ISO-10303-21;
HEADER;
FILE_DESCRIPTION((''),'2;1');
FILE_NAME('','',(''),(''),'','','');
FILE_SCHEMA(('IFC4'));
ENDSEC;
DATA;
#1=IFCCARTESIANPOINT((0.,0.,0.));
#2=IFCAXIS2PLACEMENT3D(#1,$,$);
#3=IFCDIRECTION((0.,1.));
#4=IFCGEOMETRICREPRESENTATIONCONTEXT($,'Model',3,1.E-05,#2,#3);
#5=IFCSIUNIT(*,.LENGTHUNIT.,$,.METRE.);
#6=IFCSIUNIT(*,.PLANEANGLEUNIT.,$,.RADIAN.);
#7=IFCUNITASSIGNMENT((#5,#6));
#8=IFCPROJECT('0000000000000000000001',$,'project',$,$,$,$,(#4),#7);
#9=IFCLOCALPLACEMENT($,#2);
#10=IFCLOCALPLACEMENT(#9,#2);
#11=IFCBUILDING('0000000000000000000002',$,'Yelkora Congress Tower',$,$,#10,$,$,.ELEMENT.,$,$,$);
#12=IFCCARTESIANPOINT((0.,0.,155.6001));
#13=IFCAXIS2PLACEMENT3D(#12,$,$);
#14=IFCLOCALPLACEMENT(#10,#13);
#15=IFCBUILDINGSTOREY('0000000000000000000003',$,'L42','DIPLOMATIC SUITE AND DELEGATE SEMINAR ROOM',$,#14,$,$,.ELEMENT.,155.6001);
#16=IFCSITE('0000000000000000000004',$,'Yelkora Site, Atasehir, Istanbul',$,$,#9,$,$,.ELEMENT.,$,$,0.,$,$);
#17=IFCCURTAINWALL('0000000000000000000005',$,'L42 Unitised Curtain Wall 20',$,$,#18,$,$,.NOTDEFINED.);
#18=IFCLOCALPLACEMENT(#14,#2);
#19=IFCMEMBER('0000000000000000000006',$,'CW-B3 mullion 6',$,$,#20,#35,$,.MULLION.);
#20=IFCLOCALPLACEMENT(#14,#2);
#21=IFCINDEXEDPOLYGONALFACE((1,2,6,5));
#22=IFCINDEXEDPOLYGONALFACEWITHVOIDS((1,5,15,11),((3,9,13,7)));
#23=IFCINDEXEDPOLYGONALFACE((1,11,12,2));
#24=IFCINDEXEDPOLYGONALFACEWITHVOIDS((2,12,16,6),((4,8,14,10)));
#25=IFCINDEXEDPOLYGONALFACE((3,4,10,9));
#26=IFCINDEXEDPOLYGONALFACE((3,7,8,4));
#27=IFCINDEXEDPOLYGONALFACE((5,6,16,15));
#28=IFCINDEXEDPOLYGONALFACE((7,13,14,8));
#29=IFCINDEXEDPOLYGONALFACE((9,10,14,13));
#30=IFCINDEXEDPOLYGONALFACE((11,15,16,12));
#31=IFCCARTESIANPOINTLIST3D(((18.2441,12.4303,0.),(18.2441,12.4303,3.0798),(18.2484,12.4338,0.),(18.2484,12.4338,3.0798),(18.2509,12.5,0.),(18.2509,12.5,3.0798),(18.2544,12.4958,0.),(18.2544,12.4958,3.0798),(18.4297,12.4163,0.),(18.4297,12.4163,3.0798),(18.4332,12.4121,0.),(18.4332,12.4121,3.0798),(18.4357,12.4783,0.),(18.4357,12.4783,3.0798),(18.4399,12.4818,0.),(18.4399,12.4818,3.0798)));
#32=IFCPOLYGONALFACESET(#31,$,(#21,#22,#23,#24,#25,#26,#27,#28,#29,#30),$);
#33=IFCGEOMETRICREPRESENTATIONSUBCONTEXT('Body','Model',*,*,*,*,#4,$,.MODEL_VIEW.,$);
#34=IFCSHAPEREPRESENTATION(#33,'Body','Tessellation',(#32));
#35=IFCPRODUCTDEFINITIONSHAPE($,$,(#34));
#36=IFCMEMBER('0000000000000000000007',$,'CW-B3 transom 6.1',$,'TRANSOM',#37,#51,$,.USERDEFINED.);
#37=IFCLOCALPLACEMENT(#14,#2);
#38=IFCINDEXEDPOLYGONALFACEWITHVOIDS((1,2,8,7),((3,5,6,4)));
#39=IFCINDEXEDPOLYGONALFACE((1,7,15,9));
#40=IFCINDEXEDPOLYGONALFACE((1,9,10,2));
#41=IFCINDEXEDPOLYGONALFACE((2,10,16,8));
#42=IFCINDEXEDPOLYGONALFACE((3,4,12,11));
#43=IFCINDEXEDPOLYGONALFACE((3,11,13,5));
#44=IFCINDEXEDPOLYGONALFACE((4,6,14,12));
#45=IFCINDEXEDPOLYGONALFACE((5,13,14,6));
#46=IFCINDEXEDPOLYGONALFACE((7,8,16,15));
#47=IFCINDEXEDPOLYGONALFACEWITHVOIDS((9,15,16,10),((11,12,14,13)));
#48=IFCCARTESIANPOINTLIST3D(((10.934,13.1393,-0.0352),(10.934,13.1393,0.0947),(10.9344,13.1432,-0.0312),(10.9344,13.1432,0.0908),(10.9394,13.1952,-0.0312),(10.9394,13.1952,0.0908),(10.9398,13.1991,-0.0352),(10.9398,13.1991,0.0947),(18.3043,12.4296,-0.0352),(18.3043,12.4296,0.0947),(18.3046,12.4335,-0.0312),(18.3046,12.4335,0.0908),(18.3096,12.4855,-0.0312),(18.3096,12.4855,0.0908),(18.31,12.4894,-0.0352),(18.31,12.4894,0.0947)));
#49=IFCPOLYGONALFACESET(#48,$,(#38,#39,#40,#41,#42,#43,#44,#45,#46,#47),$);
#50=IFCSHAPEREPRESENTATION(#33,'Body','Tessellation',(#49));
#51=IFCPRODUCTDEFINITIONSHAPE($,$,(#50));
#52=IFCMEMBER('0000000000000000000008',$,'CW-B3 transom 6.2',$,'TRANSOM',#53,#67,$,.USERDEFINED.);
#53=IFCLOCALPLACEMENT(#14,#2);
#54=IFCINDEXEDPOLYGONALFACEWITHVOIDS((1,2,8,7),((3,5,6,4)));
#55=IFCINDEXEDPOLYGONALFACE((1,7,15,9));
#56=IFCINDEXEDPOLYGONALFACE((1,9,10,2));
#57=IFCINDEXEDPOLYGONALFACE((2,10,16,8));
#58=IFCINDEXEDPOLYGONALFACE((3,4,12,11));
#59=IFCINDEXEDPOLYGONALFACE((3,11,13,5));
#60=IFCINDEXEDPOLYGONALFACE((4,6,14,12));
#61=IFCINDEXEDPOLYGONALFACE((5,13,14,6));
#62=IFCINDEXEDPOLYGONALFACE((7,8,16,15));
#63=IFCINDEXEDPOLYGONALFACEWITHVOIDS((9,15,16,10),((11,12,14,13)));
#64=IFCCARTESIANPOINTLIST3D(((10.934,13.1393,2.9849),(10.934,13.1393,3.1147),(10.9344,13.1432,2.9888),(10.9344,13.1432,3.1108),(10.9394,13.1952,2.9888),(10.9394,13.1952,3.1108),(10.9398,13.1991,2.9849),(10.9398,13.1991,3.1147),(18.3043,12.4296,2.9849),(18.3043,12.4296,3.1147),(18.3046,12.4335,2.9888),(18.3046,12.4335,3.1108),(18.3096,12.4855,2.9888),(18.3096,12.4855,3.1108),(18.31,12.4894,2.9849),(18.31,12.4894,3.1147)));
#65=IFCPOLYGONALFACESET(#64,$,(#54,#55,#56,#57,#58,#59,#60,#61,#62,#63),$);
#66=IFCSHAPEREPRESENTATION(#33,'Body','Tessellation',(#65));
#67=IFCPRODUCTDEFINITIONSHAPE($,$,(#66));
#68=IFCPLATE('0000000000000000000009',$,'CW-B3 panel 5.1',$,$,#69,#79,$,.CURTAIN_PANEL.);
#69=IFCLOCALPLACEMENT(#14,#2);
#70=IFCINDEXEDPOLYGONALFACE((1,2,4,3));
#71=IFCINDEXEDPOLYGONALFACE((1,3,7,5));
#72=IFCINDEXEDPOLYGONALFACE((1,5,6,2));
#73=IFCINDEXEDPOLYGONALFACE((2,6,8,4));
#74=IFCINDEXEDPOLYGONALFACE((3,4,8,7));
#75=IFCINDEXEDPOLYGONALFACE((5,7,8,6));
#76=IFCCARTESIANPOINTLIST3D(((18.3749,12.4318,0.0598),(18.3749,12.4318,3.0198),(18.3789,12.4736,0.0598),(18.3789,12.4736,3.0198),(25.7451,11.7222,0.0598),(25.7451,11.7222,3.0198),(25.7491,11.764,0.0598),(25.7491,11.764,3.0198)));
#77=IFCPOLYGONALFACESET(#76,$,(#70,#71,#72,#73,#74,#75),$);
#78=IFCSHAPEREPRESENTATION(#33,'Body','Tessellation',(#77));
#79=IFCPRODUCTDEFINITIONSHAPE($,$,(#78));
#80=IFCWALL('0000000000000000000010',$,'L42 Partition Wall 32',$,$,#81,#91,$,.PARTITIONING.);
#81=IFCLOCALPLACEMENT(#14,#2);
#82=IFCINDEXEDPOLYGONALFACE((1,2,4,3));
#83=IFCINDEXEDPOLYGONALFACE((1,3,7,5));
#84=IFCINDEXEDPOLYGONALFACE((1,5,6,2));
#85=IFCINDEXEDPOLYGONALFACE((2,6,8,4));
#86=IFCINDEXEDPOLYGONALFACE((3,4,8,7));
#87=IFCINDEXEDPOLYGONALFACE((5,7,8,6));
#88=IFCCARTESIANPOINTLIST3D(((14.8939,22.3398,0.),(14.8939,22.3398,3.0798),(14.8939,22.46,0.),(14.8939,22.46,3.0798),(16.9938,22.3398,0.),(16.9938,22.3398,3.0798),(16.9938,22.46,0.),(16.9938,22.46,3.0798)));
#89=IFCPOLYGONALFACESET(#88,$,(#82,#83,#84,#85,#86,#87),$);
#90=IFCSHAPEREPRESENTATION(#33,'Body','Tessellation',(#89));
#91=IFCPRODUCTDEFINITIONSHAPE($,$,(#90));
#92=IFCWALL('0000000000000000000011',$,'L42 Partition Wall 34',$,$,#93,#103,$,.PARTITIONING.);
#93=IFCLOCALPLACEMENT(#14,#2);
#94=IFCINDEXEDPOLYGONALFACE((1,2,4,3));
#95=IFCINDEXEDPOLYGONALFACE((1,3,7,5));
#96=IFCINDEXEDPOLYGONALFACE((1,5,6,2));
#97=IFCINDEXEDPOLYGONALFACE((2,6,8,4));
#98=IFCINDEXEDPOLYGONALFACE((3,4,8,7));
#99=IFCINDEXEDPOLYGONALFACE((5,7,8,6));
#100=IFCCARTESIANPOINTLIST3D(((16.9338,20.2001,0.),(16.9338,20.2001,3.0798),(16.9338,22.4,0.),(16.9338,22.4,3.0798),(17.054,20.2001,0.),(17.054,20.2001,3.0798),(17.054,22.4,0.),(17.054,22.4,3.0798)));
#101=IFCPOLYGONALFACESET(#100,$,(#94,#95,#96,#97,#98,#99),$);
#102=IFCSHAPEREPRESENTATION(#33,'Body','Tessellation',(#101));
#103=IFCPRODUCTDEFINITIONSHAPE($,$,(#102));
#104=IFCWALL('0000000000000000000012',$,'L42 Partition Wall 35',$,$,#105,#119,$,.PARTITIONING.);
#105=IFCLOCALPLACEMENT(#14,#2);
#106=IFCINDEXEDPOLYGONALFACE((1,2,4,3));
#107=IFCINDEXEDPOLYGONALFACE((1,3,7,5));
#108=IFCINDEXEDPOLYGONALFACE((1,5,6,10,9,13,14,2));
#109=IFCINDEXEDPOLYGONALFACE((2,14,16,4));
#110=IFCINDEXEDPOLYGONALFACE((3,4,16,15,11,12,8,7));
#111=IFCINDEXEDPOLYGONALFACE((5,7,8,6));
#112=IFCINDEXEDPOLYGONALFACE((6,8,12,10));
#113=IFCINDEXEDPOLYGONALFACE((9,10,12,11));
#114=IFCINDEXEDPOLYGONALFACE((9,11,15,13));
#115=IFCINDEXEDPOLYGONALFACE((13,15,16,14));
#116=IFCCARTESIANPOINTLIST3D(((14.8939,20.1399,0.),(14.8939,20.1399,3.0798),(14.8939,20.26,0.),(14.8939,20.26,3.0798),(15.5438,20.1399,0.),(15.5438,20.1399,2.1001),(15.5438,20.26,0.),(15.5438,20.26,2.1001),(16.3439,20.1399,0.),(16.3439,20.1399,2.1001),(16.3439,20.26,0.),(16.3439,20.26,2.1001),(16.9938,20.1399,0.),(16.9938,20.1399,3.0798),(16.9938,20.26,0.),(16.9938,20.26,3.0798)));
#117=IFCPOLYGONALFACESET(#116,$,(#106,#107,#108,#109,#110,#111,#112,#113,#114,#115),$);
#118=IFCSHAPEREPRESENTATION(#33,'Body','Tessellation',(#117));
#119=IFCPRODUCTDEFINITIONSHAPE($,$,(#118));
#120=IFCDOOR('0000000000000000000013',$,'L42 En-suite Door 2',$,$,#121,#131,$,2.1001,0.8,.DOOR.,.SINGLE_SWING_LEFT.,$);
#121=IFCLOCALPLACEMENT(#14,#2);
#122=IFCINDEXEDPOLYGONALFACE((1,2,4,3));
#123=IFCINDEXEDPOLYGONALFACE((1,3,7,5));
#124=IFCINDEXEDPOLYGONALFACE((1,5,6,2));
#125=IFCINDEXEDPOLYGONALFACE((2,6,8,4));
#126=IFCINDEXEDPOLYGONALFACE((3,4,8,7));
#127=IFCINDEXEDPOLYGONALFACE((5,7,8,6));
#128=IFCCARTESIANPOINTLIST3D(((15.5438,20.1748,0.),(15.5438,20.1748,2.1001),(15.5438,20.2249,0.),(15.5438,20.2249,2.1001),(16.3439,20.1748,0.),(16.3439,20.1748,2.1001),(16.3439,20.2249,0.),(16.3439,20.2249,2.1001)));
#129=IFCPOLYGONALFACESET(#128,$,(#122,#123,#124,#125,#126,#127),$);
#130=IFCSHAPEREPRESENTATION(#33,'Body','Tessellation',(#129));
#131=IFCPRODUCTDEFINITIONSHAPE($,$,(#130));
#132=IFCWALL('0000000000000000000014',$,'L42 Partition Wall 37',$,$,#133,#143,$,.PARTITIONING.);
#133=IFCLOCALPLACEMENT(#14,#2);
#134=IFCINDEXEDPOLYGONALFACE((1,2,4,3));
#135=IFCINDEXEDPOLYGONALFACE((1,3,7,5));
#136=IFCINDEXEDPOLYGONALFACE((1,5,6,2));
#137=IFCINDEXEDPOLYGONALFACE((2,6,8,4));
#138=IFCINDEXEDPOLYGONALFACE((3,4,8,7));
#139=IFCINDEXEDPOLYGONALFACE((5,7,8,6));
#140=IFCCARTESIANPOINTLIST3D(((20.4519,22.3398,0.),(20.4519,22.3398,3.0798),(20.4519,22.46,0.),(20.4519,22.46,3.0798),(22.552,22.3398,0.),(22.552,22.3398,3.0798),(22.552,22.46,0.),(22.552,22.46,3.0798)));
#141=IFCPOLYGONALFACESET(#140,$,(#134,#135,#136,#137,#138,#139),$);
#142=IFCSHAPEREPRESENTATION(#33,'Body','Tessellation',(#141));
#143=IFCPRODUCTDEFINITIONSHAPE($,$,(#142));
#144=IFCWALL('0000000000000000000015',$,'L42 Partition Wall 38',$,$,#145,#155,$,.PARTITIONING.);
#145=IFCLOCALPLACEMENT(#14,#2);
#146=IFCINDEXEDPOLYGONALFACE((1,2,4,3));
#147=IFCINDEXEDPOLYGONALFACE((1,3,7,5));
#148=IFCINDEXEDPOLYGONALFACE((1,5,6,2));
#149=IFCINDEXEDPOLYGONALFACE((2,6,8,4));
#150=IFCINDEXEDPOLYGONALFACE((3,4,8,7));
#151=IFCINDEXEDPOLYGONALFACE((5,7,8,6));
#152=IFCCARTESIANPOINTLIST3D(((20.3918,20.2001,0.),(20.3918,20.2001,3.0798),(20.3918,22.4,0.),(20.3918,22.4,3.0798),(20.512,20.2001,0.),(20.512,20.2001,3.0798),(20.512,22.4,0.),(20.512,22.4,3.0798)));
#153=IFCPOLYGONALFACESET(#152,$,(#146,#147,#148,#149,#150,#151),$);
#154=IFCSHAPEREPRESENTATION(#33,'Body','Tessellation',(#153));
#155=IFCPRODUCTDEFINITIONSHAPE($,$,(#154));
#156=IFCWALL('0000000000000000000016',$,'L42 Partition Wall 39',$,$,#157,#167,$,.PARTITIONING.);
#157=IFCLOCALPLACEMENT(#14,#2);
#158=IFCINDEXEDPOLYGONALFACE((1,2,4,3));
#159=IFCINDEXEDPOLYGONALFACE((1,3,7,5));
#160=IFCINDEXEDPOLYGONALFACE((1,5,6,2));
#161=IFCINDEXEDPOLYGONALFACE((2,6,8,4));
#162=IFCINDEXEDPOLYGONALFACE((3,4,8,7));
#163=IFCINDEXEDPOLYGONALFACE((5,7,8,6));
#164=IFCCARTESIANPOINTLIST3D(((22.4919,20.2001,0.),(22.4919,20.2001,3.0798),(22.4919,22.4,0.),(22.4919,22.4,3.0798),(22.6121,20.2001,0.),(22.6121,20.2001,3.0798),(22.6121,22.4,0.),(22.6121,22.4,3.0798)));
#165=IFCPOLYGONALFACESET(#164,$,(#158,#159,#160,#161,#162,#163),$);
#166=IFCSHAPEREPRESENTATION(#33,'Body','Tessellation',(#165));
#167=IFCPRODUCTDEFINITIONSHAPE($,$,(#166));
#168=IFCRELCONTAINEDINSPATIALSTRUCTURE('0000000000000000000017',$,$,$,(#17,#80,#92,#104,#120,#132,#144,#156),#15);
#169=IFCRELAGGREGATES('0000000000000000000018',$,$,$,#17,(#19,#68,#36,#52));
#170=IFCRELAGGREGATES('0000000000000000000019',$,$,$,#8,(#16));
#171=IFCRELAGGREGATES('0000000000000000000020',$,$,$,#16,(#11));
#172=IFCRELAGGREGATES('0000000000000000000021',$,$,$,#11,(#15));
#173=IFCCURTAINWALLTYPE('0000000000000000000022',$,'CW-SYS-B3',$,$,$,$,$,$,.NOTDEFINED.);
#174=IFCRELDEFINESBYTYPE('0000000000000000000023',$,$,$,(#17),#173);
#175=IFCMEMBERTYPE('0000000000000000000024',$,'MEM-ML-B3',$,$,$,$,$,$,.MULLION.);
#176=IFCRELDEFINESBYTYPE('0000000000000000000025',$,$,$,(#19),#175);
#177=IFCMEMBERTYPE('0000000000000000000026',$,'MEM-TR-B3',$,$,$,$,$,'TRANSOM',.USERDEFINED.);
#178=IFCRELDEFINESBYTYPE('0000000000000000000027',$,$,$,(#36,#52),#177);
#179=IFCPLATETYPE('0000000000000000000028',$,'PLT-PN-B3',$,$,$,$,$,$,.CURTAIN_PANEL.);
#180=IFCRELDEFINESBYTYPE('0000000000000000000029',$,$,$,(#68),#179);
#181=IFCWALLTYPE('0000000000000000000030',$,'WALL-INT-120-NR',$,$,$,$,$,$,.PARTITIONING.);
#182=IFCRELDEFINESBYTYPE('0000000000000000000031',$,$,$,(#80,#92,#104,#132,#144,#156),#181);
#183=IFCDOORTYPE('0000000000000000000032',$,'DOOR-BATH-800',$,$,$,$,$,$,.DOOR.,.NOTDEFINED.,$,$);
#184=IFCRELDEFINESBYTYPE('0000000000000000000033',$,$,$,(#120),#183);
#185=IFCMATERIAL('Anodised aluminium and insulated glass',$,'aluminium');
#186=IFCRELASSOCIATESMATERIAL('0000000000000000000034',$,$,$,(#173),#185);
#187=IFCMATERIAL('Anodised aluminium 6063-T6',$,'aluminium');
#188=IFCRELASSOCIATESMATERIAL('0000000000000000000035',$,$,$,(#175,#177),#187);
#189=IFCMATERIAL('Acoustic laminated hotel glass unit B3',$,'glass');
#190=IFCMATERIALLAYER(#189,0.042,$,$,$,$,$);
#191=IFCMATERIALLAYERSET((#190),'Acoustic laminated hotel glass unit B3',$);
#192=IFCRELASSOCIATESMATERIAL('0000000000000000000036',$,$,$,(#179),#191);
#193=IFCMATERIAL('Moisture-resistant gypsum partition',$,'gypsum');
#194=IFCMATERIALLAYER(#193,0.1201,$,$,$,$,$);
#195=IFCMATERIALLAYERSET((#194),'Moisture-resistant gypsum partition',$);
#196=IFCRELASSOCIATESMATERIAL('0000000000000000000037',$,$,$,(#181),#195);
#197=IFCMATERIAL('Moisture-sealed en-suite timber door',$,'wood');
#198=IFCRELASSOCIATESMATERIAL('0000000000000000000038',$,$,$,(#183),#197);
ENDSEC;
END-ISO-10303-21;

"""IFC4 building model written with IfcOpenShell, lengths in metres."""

from ifc_helpers import new_model, si_unit, direction, frame, frame_2d, origin, origin_2d, place, context, subcontext, project, spatial, rectangle, hollow_rectangle, extrude, material, layer, layer_set, material_profile, profile_set, type_object, element, fill, aggregate, save


model = new_model("IFC4")

# Units and contexts
model_context = context("Model", 3, precision=1e-05, world=origin(), true_north=direction((0.0, 1.0)))
body_context = subcontext(model_context, "Body", "Model", "MODEL_VIEW")
ifc_project = project(units=[si_unit("LENGTHUNIT", "METRE"), si_unit("PLANEANGLEUNIT", "RADIAN")], contexts=[model_context])

# Site, building, storey
site_placement = place(None, origin())
site = spatial("IfcSite", under=ifc_project, at=site_placement, Name="Yelkora Site, Atasehir, Istanbul", CompositionType="ELEMENT", RefElevation=0.0)
building_placement = place(site_placement, origin())
building = spatial("IfcBuilding", under=site, at=building_placement, Name="Yelkora Congress Tower", CompositionType="ELEMENT")
storey_placement = place(building_placement, frame((0.0, 0.0, 155.6001)))
storey = spatial("IfcBuildingStorey", under=building, at=storey_placement, Name="L42", Description="DIPLOMATIC SUITE AND DELEGATE SEMINAR ROOM", CompositionType="ELEMENT", Elevation=155.6001)

# Curtain wall, members, plate
ifc_material_1 = material(Name="Anodised aluminium and insulated glass", Category="aluminium")
curtain_wall_type = type_object("IfcCurtainWallType", Name="CW-SYS-B3", PredefinedType="NOTDEFINED", material=ifc_material_1)
curtain_wall_placement = place(storey_placement, origin())
curtain_wall = element("IfcCurtainWall", 1, at=curtain_wall_placement, inside=storey, type_object=curtain_wall_type, Name="L42 Unitised Curtain Wall 20", PredefinedType="NOTDEFINED")
ifc_material_2 = material(Name="Anodised aluminium 6063-T6", Category="aluminium")
ifc_material_profile_1 = material_profile(ifc_material_2, hollow_rectangle(XDim=0.0701, YDim=0.1899, WallThickness=0.0039, at=origin_2d()), Name="ALU 70x190x4")
ifc_profile_set_1 = profile_set([ifc_material_profile_1], Name="Anodised aluminium 6063-T6")
member_type_1 = type_object("IfcMemberType", Name="MEM-ML-B3", PredefinedType="MULLION", material=ifc_profile_set_1)
member_1_placement = place(storey_placement, frame((18.342, 12.4561, 0.0), z_axis=(0.0, 0.0, 1.0), x_axis=(-0.095845, -0.995396, 0.0)))
member_1 = element("IfcMember", 2, at=member_1_placement, type_object=member_type_1, Name="CW-B3 mullion 6", PredefinedType="MULLION", context=body_context, shape_type="SweptSolid", body=[
    extrude(hollow_rectangle(XDim=0.0701, YDim=0.1899, WallThickness=0.0039, at=origin_2d()), origin(), (0.0, 0.0, 1.0), 3.0798),
])
ifc_material_profile_2 = material_profile(ifc_material_2, hollow_rectangle(XDim=0.0601, YDim=0.1299, WallThickness=0.0039, at=origin_2d()), Name="ALU 60x130x4")
ifc_profile_set_2 = profile_set([ifc_material_profile_2], Name="Anodised aluminium 6063-T6")
member_type_2 = type_object("IfcMemberType", Name="MEM-TR-B3", ElementType="TRANSOM", PredefinedType="USERDEFINED", material=ifc_profile_set_2)
member_2_placement = place(storey_placement, frame((18.3071, 12.4595, 0.0298), z_axis=(-0.995395, 0.095853, 0.0), x_axis=(-0.095853, -0.995395, 0.0)))
member_2 = element("IfcMember", 3, at=member_2_placement, type_object=member_type_2, Name="CW-B3 transom 6.1", ObjectType="TRANSOM", PredefinedType="USERDEFINED", context=body_context, shape_type="SweptSolid", body=[
    extrude(hollow_rectangle(XDim=0.0601, YDim=0.1299, WallThickness=0.0039, at=origin_2d()), origin(), (0.0, 0.0, 1.0), 7.4043),
])
member_3_placement = place(storey_placement, frame((18.3071, 12.4595, 3.0498), z_axis=(-0.995395, 0.095853, 0.0), x_axis=(-0.095853, -0.995395, 0.0)))
member_3 = element("IfcMember", 4, at=member_3_placement, type_object=member_type_2, Name="CW-B3 transom 6.2", ObjectType="TRANSOM", PredefinedType="USERDEFINED", context=body_context, shape_type="SweptSolid", body=[
    extrude(hollow_rectangle(XDim=0.0601, YDim=0.1299, WallThickness=0.0039, at=origin_2d()), origin(), (0.0, 0.0, 1.0), 7.4043),
])
ifc_material_3 = material(Name="Acoustic laminated hotel glass unit B3", Category="glass")
ifc_layer_1 = layer(ifc_material_3, 0.042)
ifc_layer_set_1 = layer_set([ifc_layer_1], Name="Acoustic laminated hotel glass unit B3")
plate_type = type_object("IfcPlateType", Name="PLT-PN-B3", PredefinedType="CURTAIN_PANEL", material=ifc_layer_set_1)
plate_placement = place(storey_placement, frame((22.062, 12.0979, 0.0598), z_axis=(0.0, 0.0, 1.0), x_axis=(-0.995396, 0.095845, 0.0)))
plate = element("IfcPlate", 5, at=plate_placement, type_object=plate_type, Name="CW-B3 panel 5.1", PredefinedType="CURTAIN_PANEL", context=body_context, shape_type="SweptSolid", body=[
    extrude(rectangle(XDim=7.4043, YDim=0.042, at=origin_2d()), origin(), (0.0, 0.0, 1.0), 2.96),
])
aggregate(curtain_wall, [member_1, plate, member_2, member_3])

# Walls
ifc_material_4 = material(Name="Moisture-resistant gypsum partition", Category="gypsum")
ifc_layer_2 = layer(ifc_material_4, 0.1201)
ifc_layer_set_2 = layer_set([ifc_layer_2], Name="Moisture-resistant gypsum partition")
wall_type_1 = type_object("IfcWallType", Name="WALL-INT-120-NR", PredefinedType="PARTITIONING", material=ifc_layer_set_2)
wall_1_placement = place(storey_placement, frame((14.894, 22.3999, 0.0), z_axis=(0.0, 0.0, 1.0), x_axis=(1.0, 0.0, 0.0)))
element("IfcWall", 6, at=wall_1_placement, inside=storey, type_object=wall_type_1, Name="L42 Partition Wall 32", PredefinedType="PARTITIONING", context=body_context, shape_type="SweptSolid", body=[
    extrude(rectangle(XDim=2.0999, YDim=0.1201, at=frame_2d((1.0498, 0.0))), origin(), (0.0, 0.0, 1.0), 3.0798),
])
wall_2_placement = place(storey_placement, frame((16.9939, 20.2, 0.0), z_axis=(0.0, 0.0, 1.0), x_axis=(0.0, 1.0, 0.0)))
element("IfcWall", 7, at=wall_2_placement, inside=storey, type_object=wall_type_1, Name="L42 Partition Wall 34", PredefinedType="PARTITIONING", context=body_context, shape_type="SweptSolid", body=[
    extrude(rectangle(XDim=2.2, YDim=0.1201, at=frame_2d((1.1001, 0.0))), origin(), (0.0, 0.0, 1.0), 3.0798),
])

# Wall, opening, door
wall_3_placement = place(storey_placement, frame((14.894, 20.2, 0.0), z_axis=(0.0, 0.0, 1.0), x_axis=(1.0, 0.0, 0.0)))
wall_3 = element("IfcWall", 8, at=wall_3_placement, inside=storey, type_object=wall_type_1, Name="L42 Partition Wall 35", PredefinedType="PARTITIONING", context=body_context, shape_type="SweptSolid", body=[
    extrude(rectangle(XDim=2.0999, YDim=0.1201, at=frame_2d((1.0498, 0.0))), origin(), (0.0, 0.0, 1.0), 3.0798),
])
opening_1_placement = place(wall_3_placement, frame((0.6499, 0.0, 0.0)))
opening_1 = element("IfcOpeningElement", 9, at=opening_1_placement, cuts=wall_3, PredefinedType="OPENING", context=body_context, shape_type="SweptSolid", body=[
    extrude(rectangle(XDim=0.8, YDim=2.1001, at=frame_2d((0.3999, 1.05))), frame((0.0, 0.0701, 0.0), z_axis=(0.0, -1.0, 0.0), x_axis=(1.0, 0.0, 0.0)), (0.0, 0.0, 1.0), 0.1401),
])
ifc_material_5 = material(Name="Moisture-sealed en-suite timber door", Category="wood")
door_type = type_object("IfcDoorType", Name="DOOR-BATH-800", OperationType="NOTDEFINED", PredefinedType="DOOR", material=ifc_material_5)
door_1_placement = place(opening_1_placement, origin())
door_1 = element("IfcDoor", 10, at=door_1_placement, inside=storey, type_object=door_type, Name="L42 En-suite Door 2", OperationType="SINGLE_SWING_LEFT", OverallHeight=2.1001, OverallWidth=0.8, PredefinedType="DOOR", context=body_context, shape_type="SweptSolid", body=[
    extrude(rectangle(XDim=0.8, YDim=2.1001, at=frame_2d((0.3999, 1.05))), frame((0.0, 0.0249, 0.0), z_axis=(0.0, -1.0, 0.0), x_axis=(1.0, 0.0, 0.0)), (0.0, 0.0, 1.0), 0.05),
])
fill(opening_1, door_1)

# Walls
wall_4_placement = place(storey_placement, frame((20.4519, 22.3999, 0.0), z_axis=(0.0, 0.0, 1.0), x_axis=(1.0, 0.0, 0.0)))
element("IfcWall", 11, at=wall_4_placement, inside=storey, type_object=wall_type_1, Name="L42 Partition Wall 37", PredefinedType="PARTITIONING", context=body_context, shape_type="SweptSolid", body=[
    extrude(rectangle(XDim=2.1001, YDim=0.1201, at=frame_2d((1.05, 0.0))), origin(), (0.0, 0.0, 1.0), 3.0798),
])
for number, where, z_axis, x_axis, name in (
    (12, (20.4519, 20.2, 0.0), (0.0, 0.0, 1.0), (0.0, 1.0, 0.0), "L42 Partition Wall 38"),
    (13, (22.552, 20.2, 0.0), (0.0, 0.0, 1.0), (0.0, 1.0, 0.0), "L42 Partition Wall 39"),
):
    element("IfcWall", number, at=place(storey_placement, frame(where, z_axis=z_axis, x_axis=x_axis)), inside=storey, type_object=wall_type_1, Name=name, PredefinedType="PARTITIONING", context=body_context, shape_type="SweptSolid", body=[
        extrude(rectangle(XDim=2.2, YDim=0.1201, at=frame_2d((1.1001, 0.0))), origin(), (0.0, 0.0, 1.0), 3.0798),
    ])

save(model, "model.ifc")
